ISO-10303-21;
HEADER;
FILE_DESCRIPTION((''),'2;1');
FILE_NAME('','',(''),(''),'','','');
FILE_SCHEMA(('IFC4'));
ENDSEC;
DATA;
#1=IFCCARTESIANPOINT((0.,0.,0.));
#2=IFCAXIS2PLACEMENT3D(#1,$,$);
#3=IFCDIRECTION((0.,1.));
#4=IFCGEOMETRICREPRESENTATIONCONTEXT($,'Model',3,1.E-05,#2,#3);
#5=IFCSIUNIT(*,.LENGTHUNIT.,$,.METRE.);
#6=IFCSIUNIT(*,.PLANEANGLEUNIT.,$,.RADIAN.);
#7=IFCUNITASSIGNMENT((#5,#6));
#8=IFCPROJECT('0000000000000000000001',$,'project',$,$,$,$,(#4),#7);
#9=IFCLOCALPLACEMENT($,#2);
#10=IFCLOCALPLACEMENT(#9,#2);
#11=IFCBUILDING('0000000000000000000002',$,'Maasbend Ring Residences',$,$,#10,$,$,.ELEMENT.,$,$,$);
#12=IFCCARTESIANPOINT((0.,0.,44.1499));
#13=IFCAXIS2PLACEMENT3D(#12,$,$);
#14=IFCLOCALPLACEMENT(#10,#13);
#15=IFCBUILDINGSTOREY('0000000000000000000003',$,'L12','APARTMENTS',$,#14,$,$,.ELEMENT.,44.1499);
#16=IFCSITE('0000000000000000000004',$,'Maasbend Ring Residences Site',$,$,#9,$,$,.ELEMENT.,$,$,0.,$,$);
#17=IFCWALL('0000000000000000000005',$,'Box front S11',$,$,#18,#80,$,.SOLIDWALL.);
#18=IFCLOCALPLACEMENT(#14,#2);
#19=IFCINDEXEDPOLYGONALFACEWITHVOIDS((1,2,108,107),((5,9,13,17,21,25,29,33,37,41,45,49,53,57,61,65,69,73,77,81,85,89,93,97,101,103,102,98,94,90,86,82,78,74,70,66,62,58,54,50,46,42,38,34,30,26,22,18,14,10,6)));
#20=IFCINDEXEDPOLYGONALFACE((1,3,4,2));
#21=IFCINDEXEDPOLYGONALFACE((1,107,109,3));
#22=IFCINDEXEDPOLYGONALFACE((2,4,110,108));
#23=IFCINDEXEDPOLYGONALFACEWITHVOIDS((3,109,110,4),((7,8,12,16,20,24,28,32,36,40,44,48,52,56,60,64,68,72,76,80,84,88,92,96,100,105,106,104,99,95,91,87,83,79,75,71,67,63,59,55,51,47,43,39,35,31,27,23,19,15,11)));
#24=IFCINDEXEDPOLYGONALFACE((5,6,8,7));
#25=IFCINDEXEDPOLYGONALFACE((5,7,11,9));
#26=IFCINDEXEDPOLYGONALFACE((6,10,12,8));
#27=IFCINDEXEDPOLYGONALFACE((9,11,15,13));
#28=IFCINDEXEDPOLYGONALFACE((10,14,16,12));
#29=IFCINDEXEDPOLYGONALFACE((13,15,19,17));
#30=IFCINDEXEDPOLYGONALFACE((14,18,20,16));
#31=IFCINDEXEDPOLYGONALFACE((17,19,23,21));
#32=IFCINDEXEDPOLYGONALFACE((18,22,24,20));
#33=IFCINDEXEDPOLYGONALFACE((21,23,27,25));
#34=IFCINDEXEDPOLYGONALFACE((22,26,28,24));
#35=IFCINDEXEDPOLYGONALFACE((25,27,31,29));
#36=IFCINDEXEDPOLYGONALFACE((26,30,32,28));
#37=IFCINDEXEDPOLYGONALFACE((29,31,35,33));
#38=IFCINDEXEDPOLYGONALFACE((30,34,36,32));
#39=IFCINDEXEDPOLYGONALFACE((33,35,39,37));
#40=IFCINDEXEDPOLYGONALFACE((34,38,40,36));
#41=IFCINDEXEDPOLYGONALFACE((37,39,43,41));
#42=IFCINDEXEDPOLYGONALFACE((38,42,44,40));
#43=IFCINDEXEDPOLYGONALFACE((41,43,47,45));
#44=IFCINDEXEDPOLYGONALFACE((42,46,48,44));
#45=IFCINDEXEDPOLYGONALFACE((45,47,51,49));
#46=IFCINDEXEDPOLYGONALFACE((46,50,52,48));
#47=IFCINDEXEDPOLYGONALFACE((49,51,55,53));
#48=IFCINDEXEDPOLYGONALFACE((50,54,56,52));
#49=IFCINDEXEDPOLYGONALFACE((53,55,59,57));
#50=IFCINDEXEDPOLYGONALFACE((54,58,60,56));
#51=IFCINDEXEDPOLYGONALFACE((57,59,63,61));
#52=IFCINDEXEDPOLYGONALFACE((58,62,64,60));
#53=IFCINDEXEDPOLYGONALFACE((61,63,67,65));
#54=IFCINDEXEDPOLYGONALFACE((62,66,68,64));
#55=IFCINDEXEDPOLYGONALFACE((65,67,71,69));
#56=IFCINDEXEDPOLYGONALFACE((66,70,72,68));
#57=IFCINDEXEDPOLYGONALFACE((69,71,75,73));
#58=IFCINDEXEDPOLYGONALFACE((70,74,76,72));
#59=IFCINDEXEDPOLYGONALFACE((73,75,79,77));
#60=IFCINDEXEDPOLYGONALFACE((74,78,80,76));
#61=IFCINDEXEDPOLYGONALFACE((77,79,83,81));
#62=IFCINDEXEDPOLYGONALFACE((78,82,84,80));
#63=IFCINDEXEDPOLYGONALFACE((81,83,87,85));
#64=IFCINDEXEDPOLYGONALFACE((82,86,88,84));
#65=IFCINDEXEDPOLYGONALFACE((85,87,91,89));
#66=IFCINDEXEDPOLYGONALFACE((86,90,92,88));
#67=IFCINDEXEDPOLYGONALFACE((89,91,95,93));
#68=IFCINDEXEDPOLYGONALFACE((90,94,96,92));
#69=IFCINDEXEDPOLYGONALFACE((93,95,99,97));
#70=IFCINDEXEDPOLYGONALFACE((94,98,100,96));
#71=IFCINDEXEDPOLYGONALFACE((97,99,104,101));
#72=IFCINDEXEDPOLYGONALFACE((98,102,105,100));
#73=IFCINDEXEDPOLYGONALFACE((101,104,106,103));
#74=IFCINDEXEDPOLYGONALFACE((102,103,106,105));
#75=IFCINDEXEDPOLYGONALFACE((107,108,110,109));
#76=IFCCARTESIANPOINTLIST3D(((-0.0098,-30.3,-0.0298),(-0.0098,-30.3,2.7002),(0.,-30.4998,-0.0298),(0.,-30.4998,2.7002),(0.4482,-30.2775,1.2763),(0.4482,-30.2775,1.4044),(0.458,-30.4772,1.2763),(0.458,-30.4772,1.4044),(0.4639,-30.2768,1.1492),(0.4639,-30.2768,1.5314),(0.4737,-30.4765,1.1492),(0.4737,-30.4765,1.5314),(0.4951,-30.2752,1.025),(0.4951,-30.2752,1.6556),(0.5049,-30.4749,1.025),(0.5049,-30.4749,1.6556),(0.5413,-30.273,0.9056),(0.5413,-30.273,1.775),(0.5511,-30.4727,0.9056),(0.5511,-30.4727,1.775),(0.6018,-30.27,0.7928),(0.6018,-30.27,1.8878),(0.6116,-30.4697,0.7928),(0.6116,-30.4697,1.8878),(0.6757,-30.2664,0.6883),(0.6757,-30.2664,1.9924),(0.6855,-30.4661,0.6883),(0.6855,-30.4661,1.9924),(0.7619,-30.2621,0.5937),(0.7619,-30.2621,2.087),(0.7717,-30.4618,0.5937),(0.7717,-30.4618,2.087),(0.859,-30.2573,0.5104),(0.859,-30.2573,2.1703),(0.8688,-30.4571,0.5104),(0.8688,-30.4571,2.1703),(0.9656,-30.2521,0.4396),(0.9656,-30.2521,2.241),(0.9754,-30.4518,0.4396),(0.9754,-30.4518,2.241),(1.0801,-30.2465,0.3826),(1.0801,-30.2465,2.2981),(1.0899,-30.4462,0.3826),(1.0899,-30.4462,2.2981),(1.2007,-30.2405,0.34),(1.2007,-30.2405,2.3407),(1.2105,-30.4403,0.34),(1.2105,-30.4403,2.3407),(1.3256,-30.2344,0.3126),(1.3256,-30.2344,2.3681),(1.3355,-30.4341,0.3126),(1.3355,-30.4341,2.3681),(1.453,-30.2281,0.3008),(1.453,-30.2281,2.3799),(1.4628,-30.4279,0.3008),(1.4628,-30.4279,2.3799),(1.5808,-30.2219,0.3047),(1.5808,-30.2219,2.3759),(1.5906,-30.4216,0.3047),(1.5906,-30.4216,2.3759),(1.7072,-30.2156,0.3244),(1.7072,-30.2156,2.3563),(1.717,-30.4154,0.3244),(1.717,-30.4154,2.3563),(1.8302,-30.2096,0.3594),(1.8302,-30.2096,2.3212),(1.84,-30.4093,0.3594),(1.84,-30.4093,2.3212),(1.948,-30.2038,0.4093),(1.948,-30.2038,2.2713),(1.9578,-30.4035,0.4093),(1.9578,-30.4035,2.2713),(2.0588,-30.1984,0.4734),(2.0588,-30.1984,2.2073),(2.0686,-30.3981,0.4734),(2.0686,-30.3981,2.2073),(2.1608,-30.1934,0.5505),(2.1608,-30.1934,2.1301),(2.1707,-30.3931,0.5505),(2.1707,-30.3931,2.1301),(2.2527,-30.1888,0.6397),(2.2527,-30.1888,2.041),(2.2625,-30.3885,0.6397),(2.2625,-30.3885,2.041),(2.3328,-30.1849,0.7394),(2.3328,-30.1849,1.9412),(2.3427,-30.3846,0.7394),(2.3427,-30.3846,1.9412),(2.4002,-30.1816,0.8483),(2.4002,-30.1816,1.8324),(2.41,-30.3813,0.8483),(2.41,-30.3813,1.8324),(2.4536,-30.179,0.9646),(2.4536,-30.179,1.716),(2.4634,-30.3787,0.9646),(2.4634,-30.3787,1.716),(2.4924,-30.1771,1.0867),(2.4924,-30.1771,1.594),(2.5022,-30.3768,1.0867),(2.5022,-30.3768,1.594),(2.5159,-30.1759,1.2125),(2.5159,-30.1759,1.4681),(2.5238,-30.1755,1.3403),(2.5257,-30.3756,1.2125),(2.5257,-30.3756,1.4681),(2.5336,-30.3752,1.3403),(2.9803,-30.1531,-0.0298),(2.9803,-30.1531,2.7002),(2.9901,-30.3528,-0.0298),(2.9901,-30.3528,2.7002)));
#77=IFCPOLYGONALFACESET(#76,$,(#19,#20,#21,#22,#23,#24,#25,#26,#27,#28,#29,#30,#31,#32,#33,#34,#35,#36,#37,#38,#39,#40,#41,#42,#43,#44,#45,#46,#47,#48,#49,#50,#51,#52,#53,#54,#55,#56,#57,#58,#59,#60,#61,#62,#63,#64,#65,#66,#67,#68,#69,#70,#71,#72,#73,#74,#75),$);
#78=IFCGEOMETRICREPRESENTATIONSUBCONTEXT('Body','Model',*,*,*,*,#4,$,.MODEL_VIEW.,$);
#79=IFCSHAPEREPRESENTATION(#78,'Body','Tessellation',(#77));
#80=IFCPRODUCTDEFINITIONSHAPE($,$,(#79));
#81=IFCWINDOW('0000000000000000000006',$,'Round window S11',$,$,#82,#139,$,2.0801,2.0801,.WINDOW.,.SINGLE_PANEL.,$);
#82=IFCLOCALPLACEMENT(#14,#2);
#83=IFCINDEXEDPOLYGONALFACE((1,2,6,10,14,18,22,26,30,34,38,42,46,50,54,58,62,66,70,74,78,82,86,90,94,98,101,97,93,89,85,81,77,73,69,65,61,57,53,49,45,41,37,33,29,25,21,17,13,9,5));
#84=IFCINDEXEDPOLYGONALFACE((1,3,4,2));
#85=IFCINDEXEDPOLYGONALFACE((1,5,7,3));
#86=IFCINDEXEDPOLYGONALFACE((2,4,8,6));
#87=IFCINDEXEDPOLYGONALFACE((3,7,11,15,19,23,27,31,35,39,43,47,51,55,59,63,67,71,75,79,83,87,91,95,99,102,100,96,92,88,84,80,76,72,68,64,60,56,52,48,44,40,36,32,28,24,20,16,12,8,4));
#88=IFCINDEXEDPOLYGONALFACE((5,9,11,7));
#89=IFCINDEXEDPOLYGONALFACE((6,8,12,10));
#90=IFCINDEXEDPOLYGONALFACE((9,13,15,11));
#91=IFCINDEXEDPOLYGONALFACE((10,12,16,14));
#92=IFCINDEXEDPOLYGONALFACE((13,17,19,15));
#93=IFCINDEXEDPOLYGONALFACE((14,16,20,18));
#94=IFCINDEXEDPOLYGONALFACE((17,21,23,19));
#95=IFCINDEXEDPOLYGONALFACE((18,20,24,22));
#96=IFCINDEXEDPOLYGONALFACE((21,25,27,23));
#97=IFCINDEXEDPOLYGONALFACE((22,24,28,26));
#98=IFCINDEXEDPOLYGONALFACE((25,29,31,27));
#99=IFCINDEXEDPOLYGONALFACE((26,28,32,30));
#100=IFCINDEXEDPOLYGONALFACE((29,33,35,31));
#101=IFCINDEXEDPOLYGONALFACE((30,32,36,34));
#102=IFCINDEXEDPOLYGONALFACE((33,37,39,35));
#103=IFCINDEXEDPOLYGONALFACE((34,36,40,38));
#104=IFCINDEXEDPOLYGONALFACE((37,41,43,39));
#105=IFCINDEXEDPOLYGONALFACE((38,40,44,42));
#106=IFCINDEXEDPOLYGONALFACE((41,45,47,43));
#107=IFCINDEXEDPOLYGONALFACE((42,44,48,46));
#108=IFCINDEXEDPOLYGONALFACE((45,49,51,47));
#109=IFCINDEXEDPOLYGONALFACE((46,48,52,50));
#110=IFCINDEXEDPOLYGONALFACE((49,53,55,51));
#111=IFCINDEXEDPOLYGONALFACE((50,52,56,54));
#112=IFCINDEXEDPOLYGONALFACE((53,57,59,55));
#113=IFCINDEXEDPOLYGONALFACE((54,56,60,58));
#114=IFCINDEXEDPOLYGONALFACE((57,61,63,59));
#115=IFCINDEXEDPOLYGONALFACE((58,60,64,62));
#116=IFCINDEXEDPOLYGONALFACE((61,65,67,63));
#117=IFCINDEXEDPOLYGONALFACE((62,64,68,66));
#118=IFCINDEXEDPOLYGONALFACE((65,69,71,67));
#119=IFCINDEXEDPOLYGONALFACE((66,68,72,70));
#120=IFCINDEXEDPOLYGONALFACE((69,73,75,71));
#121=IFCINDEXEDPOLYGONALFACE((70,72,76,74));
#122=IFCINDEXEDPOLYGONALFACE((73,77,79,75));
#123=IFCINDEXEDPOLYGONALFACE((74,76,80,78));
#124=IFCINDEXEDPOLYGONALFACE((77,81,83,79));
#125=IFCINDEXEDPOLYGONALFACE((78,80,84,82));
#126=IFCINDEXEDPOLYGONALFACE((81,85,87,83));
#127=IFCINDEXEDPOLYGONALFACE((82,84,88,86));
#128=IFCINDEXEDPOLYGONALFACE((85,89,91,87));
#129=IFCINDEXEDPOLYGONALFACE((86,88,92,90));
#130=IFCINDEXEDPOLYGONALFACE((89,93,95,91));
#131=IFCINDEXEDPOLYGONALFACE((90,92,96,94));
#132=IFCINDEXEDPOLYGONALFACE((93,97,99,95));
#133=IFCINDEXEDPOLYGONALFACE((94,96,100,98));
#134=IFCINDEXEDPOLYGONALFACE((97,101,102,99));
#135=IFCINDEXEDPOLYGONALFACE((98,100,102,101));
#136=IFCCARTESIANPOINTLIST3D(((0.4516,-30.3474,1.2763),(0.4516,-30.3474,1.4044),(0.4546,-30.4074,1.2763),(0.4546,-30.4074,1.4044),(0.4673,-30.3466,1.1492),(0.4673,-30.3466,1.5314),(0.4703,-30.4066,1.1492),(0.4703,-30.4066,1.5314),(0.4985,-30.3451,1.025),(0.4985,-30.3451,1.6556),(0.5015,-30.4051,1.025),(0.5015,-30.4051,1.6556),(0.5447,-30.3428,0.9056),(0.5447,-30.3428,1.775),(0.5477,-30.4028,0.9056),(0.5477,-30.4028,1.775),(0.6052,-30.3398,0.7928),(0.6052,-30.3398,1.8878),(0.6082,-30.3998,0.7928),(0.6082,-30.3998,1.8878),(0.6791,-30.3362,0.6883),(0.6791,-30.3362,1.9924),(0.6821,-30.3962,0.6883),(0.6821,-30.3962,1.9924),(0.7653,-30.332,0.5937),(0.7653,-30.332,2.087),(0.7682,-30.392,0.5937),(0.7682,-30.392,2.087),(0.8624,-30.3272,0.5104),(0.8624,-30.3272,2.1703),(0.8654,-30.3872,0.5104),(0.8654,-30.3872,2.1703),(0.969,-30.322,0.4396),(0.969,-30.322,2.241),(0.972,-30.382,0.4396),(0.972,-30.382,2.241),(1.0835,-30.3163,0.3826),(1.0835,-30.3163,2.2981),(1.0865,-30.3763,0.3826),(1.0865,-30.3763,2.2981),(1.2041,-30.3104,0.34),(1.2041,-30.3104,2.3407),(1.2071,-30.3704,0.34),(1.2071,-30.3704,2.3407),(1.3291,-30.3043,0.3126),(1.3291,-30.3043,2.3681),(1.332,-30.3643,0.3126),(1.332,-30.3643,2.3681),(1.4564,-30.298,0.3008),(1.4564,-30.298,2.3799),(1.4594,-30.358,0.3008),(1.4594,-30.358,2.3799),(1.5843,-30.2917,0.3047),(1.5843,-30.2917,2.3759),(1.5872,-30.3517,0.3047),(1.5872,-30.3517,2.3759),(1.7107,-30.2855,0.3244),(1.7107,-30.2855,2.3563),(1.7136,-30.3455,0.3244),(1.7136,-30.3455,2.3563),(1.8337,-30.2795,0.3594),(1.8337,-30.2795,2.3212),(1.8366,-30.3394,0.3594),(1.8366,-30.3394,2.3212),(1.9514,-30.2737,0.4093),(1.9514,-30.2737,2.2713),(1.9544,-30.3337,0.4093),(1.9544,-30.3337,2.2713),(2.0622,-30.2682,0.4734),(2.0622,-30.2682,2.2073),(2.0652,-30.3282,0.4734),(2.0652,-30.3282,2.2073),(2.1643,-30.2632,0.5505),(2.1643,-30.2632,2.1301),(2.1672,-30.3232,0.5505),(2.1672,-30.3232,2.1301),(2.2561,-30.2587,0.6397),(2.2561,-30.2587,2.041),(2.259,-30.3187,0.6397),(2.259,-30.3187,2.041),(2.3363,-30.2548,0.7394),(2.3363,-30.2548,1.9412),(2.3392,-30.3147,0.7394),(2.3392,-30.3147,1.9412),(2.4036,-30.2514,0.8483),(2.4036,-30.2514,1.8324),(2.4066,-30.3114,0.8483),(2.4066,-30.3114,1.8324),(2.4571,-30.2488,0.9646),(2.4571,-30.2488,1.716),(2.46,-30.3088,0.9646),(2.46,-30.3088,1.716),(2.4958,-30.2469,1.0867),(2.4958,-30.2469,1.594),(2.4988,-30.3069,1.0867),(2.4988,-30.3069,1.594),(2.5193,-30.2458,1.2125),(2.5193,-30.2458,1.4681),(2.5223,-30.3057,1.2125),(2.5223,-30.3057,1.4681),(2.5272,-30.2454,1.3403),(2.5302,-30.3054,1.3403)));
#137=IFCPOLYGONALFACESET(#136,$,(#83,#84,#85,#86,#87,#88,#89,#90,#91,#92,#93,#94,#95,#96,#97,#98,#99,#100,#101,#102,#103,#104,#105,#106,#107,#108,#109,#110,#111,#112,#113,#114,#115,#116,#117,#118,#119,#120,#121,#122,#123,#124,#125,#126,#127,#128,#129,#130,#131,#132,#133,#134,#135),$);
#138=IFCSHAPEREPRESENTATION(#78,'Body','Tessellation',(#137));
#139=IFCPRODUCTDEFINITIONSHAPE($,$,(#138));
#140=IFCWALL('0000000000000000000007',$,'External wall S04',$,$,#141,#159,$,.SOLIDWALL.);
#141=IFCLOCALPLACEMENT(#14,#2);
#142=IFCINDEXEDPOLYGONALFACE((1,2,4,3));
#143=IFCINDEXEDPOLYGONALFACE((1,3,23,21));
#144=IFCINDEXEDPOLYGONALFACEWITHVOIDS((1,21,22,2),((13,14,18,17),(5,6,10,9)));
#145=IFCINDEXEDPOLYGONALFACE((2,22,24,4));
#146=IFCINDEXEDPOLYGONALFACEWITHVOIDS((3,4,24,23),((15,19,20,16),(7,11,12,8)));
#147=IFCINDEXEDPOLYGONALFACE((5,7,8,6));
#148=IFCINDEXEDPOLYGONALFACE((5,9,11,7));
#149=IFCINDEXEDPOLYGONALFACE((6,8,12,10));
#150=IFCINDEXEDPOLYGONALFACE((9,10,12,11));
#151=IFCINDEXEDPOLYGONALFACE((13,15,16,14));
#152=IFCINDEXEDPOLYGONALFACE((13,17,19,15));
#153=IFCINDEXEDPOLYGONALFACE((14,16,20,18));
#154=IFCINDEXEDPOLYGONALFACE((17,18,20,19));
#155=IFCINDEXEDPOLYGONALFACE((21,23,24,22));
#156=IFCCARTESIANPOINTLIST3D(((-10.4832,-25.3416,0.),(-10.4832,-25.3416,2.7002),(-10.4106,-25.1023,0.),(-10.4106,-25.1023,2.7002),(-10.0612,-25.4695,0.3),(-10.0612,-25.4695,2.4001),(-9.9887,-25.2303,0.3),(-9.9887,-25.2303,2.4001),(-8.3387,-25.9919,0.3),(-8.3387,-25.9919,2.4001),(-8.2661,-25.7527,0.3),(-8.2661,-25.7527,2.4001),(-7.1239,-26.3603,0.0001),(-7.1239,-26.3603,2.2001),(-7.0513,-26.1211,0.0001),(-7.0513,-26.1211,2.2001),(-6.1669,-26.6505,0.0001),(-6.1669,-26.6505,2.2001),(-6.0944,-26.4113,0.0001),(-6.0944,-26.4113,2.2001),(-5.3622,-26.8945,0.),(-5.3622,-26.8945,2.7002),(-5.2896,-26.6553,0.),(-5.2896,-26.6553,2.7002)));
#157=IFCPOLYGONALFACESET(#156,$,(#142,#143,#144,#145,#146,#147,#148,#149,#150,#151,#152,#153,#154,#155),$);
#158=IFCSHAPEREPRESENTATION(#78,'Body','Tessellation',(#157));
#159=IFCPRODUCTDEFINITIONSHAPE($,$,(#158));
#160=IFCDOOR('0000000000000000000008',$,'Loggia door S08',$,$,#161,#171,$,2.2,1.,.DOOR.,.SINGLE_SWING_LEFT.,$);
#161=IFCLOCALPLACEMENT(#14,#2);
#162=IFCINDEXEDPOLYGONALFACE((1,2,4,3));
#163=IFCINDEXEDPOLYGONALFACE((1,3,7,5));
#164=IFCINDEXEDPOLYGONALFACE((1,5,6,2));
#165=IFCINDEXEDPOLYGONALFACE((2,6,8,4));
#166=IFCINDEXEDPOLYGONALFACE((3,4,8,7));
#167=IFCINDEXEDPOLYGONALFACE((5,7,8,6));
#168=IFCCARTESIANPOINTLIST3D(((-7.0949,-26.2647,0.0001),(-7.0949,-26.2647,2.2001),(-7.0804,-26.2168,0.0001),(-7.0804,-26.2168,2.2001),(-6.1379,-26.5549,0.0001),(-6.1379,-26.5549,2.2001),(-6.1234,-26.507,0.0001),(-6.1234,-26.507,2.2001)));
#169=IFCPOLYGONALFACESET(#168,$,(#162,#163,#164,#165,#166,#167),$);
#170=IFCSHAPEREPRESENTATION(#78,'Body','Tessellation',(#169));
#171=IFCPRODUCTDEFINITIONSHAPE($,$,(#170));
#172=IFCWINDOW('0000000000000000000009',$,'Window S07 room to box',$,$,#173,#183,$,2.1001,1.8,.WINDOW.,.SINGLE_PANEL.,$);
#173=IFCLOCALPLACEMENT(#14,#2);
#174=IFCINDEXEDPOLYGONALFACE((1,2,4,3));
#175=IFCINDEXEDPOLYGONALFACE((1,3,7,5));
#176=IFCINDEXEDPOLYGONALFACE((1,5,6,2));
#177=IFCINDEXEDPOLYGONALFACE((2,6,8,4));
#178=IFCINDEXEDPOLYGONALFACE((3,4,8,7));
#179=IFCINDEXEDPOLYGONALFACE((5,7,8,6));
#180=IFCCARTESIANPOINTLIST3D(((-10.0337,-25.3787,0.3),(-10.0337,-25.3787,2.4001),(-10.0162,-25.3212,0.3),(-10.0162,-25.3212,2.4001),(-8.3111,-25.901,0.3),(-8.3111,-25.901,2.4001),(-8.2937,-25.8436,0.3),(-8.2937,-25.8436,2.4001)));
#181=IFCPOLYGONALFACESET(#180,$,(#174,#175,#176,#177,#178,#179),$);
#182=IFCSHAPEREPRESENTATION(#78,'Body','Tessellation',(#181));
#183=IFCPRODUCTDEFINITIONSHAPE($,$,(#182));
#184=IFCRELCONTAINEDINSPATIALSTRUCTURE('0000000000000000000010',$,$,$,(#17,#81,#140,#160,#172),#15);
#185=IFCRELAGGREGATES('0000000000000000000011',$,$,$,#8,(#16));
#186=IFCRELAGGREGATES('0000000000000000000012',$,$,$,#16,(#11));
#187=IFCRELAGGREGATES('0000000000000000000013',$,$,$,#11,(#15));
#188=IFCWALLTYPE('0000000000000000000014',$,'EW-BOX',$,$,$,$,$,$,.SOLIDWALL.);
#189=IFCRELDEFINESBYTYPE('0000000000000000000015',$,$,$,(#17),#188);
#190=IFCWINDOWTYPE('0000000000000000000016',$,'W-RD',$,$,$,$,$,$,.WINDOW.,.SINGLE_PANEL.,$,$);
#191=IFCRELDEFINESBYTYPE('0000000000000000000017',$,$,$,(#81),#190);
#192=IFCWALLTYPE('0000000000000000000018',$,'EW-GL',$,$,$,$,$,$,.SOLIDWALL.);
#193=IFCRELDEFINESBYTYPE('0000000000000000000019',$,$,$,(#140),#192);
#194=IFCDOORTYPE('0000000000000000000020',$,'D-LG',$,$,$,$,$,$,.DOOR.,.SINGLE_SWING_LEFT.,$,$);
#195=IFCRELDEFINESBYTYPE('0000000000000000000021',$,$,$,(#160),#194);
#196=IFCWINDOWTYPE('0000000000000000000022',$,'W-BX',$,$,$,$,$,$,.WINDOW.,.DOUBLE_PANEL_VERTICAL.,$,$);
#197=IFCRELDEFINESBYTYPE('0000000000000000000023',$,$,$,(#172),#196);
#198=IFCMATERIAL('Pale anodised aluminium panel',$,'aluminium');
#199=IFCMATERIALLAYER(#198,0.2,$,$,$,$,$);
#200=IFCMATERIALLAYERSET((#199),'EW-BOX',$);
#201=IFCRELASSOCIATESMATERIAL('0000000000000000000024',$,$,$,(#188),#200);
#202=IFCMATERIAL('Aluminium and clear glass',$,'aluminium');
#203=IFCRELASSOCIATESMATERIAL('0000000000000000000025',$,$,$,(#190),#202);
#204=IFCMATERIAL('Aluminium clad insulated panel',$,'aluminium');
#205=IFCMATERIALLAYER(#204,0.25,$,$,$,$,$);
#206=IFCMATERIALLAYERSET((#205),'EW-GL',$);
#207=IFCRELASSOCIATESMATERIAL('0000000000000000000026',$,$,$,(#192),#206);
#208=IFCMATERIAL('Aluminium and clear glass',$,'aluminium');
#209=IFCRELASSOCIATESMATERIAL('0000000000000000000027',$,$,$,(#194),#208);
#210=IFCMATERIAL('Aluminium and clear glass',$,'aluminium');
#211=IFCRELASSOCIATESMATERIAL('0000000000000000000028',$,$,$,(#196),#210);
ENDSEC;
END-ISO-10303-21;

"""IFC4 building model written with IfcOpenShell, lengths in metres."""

from ifc_helpers import new_model, si_unit, direction, frame, frame_2d, origin, place, context, subcontext, project, spatial, rectangle, circle, extrude, material, layer, layer_set, type_object, element, fill, save


model = new_model("IFC4")

# Units and contexts
model_context = context("Model", 3, precision=1e-05, world=origin(), true_north=direction((0.0, 1.0)))
body_context = subcontext(model_context, "Body", "Model", "MODEL_VIEW")
ifc_project = project(units=[si_unit("LENGTHUNIT", "METRE"), si_unit("PLANEANGLEUNIT", "RADIAN")], contexts=[model_context])

# Site, building, storey
site_placement = place(None, origin())
site = spatial("IfcSite", under=ifc_project, at=site_placement, Name="Maasbend Ring Residences Site", CompositionType="ELEMENT", RefElevation=0.0)
building_placement = place(site_placement, origin())
building = spatial("IfcBuilding", under=site, at=building_placement, Name="Maasbend Ring Residences", CompositionType="ELEMENT")
storey_placement = place(building_placement, frame((0.0, 0.0, 44.1499)))
storey = spatial("IfcBuildingStorey", under=building, at=storey_placement, Name="L12", Description="APARTMENTS", CompositionType="ELEMENT", Elevation=44.1499)

# Shared definitions
ifc_material_1 = material(Name="Pale anodised aluminium panel", Category="aluminium")
ifc_layer_1 = layer(ifc_material_1, 0.2)
ifc_layer_set_1 = layer_set([ifc_layer_1], Name="EW-BOX")
wall_type_1 = type_object("IfcWallType", Name="EW-BOX", PredefinedType="SOLIDWALL", material=ifc_layer_set_1)

# Shared definitions
ifc_material_2 = material(Name="Aluminium and clear glass", Category="aluminium")
window_type_1 = type_object("IfcWindowType", Name="W-RD", PartitioningType="SINGLE_PANEL", PredefinedType="WINDOW", material=ifc_material_2)

# Wall, opening, window
wall_1_placement = place(storey_placement, frame((-0.0049, -30.3999, -0.0298), z_axis=(0.0, 0.0, 1.0), x_axis=(0.998794, 0.049096, 0.0)))
wall_1 = element("IfcWall", 1, at=wall_1_placement, inside=storey, type_object=wall_type_1, Name="Box front S11", PredefinedType="SOLIDWALL", context=body_context, shape_type="SweptSolid", body=[
    extrude(rectangle(XDim=2.9937, YDim=0.2, at=frame_2d((1.4968, 0.0))), origin(), (0.0, 0.0, 1.0), 2.73),
])
opening_1_placement = place(wall_1_placement, frame((0.4565, 0.0, 0.3301)))
opening_1 = element("IfcOpeningElement", 2, at=opening_1_placement, cuts=wall_1, PredefinedType="OPENING", context=body_context, shape_type="SweptSolid", body=[
    extrude(circle(Radius=1.04, at=frame_2d((1.04, 1.04))), frame((0.0, 0.1099, 0.0), z_axis=(0.0, -1.0, 0.0), x_axis=(1.0, 0.0, 0.0)), (0.0, 0.0, 1.0), 0.22),
])
window_1_placement = place(opening_1_placement, origin())
window_1 = element("IfcWindow", 3, at=window_1_placement, inside=storey, type_object=window_type_1, Name="Round window S11", OverallHeight=2.0801, OverallWidth=2.0801, PartitioningType="SINGLE_PANEL", PredefinedType="WINDOW", context=body_context, shape_type="SweptSolid", body=[
    extrude(circle(Radius=1.04, at=frame_2d((1.04, 1.04))), frame((0.0, 0.03, 0.0), z_axis=(0.0, -1.0, 0.0), x_axis=(1.0, 0.0, 0.0)), (0.0, 0.0, 1.0), 0.0601),
])
fill(opening_1, window_1)

# Wall, openings, door, window
ifc_material_3 = material(Name="Aluminium clad insulated panel", Category="aluminium")
ifc_layer_2 = layer(ifc_material_3, 0.25)
ifc_layer_set_2 = layer_set([ifc_layer_2], Name="EW-GL")
wall_type_2 = type_object("IfcWallType", Name="EW-GL", PredefinedType="SOLIDWALL", material=ifc_layer_set_2)
wall_2_placement = place(storey_placement, frame((-10.447, -25.2219, 0.0), z_axis=(0.0, 0.0, 1.0), x_axis=(0.956966, -0.290201, 0.0)))
wall_2 = element("IfcWall", 4, at=wall_2_placement, inside=storey, type_object=wall_type_2, Name="External wall S04", PredefinedType="SOLIDWALL", context=body_context, shape_type="SweptSolid", body=[
    extrude(rectangle(XDim=5.3513, YDim=0.25, at=frame_2d((2.6758, 0.0))), origin(), (0.0, 0.0, 1.0), 2.7002),
])
opening_2_placement = place(wall_2_placement, frame((0.4412, 0.0, 0.3)))
opening_2 = element("IfcOpeningElement", 5, at=opening_2_placement, cuts=wall_2, PredefinedType="OPENING", context=body_context, shape_type="SweptSolid", body=[
    extrude(rectangle(XDim=1.8, YDim=2.1001, at=frame_2d((0.8999, 1.05))), frame((0.0, 0.135, 0.0), z_axis=(0.0, -1.0, 0.0), x_axis=(1.0, 0.0, 0.0)), (0.0, 0.0, 1.0), 0.27),
])
opening_3_placement = place(wall_2_placement, frame((3.5105, 0.0, 0.0)))
opening_3 = element("IfcOpeningElement", 6, at=opening_3_placement, cuts=wall_2, PredefinedType="OPENING", context=body_context, shape_type="SweptSolid", body=[
    extrude(rectangle(XDim=1.0, YDim=2.2, at=frame_2d((0.5, 1.1001))), frame((0.0, 0.135, 0.0), z_axis=(0.0, -1.0, 0.0), x_axis=(1.0, 0.0, 0.0)), (0.0, 0.0, 1.0), 0.27),
])
ifc_material_4 = material(Name="Aluminium and clear glass", Category="aluminium")
door_type_1 = type_object("IfcDoorType", Name="D-LG", OperationType="SINGLE_SWING_LEFT", PredefinedType="DOOR", material=ifc_material_4)
door_1_placement = place(opening_3_placement, origin())
door_1 = element("IfcDoor", 7, at=door_1_placement, inside=storey, type_object=door_type_1, Name="Loggia door S08", OperationType="SINGLE_SWING_LEFT", OverallHeight=2.2, OverallWidth=1.0, PredefinedType="DOOR", context=body_context, shape_type="SweptSolid", body=[
    extrude(rectangle(XDim=1.0, YDim=2.2, at=frame_2d((0.5, 1.1001))), frame((0.0, 0.0249, 0.0), z_axis=(0.0, -1.0, 0.0), x_axis=(1.0, 0.0, 0.0)), (0.0, 0.0, 1.0), 0.05),
])
fill(opening_3, door_1)
ifc_material_5 = material(Name="Aluminium and clear glass", Category="aluminium")
window_type_2 = type_object("IfcWindowType", Name="W-BX", PartitioningType="DOUBLE_PANEL_VERTICAL", PredefinedType="WINDOW", material=ifc_material_5)
window_2_placement = place(opening_2_placement, origin())
window_2 = element("IfcWindow", 8, at=window_2_placement, inside=storey, type_object=window_type_2, Name="Window S07 room to box", OverallHeight=2.1001, OverallWidth=1.8, PartitioningType="SINGLE_PANEL", PredefinedType="WINDOW", context=body_context, shape_type="SweptSolid", body=[
    extrude(rectangle(XDim=1.8, YDim=2.1001, at=frame_2d((0.8999, 1.05))), frame((0.0, 0.03, 0.0), z_axis=(0.0, -1.0, 0.0), x_axis=(1.0, 0.0, 0.0)), (0.0, 0.0, 1.0), 0.0601),
])
fill(opening_2, window_2)

save(model, "model.ifc")
